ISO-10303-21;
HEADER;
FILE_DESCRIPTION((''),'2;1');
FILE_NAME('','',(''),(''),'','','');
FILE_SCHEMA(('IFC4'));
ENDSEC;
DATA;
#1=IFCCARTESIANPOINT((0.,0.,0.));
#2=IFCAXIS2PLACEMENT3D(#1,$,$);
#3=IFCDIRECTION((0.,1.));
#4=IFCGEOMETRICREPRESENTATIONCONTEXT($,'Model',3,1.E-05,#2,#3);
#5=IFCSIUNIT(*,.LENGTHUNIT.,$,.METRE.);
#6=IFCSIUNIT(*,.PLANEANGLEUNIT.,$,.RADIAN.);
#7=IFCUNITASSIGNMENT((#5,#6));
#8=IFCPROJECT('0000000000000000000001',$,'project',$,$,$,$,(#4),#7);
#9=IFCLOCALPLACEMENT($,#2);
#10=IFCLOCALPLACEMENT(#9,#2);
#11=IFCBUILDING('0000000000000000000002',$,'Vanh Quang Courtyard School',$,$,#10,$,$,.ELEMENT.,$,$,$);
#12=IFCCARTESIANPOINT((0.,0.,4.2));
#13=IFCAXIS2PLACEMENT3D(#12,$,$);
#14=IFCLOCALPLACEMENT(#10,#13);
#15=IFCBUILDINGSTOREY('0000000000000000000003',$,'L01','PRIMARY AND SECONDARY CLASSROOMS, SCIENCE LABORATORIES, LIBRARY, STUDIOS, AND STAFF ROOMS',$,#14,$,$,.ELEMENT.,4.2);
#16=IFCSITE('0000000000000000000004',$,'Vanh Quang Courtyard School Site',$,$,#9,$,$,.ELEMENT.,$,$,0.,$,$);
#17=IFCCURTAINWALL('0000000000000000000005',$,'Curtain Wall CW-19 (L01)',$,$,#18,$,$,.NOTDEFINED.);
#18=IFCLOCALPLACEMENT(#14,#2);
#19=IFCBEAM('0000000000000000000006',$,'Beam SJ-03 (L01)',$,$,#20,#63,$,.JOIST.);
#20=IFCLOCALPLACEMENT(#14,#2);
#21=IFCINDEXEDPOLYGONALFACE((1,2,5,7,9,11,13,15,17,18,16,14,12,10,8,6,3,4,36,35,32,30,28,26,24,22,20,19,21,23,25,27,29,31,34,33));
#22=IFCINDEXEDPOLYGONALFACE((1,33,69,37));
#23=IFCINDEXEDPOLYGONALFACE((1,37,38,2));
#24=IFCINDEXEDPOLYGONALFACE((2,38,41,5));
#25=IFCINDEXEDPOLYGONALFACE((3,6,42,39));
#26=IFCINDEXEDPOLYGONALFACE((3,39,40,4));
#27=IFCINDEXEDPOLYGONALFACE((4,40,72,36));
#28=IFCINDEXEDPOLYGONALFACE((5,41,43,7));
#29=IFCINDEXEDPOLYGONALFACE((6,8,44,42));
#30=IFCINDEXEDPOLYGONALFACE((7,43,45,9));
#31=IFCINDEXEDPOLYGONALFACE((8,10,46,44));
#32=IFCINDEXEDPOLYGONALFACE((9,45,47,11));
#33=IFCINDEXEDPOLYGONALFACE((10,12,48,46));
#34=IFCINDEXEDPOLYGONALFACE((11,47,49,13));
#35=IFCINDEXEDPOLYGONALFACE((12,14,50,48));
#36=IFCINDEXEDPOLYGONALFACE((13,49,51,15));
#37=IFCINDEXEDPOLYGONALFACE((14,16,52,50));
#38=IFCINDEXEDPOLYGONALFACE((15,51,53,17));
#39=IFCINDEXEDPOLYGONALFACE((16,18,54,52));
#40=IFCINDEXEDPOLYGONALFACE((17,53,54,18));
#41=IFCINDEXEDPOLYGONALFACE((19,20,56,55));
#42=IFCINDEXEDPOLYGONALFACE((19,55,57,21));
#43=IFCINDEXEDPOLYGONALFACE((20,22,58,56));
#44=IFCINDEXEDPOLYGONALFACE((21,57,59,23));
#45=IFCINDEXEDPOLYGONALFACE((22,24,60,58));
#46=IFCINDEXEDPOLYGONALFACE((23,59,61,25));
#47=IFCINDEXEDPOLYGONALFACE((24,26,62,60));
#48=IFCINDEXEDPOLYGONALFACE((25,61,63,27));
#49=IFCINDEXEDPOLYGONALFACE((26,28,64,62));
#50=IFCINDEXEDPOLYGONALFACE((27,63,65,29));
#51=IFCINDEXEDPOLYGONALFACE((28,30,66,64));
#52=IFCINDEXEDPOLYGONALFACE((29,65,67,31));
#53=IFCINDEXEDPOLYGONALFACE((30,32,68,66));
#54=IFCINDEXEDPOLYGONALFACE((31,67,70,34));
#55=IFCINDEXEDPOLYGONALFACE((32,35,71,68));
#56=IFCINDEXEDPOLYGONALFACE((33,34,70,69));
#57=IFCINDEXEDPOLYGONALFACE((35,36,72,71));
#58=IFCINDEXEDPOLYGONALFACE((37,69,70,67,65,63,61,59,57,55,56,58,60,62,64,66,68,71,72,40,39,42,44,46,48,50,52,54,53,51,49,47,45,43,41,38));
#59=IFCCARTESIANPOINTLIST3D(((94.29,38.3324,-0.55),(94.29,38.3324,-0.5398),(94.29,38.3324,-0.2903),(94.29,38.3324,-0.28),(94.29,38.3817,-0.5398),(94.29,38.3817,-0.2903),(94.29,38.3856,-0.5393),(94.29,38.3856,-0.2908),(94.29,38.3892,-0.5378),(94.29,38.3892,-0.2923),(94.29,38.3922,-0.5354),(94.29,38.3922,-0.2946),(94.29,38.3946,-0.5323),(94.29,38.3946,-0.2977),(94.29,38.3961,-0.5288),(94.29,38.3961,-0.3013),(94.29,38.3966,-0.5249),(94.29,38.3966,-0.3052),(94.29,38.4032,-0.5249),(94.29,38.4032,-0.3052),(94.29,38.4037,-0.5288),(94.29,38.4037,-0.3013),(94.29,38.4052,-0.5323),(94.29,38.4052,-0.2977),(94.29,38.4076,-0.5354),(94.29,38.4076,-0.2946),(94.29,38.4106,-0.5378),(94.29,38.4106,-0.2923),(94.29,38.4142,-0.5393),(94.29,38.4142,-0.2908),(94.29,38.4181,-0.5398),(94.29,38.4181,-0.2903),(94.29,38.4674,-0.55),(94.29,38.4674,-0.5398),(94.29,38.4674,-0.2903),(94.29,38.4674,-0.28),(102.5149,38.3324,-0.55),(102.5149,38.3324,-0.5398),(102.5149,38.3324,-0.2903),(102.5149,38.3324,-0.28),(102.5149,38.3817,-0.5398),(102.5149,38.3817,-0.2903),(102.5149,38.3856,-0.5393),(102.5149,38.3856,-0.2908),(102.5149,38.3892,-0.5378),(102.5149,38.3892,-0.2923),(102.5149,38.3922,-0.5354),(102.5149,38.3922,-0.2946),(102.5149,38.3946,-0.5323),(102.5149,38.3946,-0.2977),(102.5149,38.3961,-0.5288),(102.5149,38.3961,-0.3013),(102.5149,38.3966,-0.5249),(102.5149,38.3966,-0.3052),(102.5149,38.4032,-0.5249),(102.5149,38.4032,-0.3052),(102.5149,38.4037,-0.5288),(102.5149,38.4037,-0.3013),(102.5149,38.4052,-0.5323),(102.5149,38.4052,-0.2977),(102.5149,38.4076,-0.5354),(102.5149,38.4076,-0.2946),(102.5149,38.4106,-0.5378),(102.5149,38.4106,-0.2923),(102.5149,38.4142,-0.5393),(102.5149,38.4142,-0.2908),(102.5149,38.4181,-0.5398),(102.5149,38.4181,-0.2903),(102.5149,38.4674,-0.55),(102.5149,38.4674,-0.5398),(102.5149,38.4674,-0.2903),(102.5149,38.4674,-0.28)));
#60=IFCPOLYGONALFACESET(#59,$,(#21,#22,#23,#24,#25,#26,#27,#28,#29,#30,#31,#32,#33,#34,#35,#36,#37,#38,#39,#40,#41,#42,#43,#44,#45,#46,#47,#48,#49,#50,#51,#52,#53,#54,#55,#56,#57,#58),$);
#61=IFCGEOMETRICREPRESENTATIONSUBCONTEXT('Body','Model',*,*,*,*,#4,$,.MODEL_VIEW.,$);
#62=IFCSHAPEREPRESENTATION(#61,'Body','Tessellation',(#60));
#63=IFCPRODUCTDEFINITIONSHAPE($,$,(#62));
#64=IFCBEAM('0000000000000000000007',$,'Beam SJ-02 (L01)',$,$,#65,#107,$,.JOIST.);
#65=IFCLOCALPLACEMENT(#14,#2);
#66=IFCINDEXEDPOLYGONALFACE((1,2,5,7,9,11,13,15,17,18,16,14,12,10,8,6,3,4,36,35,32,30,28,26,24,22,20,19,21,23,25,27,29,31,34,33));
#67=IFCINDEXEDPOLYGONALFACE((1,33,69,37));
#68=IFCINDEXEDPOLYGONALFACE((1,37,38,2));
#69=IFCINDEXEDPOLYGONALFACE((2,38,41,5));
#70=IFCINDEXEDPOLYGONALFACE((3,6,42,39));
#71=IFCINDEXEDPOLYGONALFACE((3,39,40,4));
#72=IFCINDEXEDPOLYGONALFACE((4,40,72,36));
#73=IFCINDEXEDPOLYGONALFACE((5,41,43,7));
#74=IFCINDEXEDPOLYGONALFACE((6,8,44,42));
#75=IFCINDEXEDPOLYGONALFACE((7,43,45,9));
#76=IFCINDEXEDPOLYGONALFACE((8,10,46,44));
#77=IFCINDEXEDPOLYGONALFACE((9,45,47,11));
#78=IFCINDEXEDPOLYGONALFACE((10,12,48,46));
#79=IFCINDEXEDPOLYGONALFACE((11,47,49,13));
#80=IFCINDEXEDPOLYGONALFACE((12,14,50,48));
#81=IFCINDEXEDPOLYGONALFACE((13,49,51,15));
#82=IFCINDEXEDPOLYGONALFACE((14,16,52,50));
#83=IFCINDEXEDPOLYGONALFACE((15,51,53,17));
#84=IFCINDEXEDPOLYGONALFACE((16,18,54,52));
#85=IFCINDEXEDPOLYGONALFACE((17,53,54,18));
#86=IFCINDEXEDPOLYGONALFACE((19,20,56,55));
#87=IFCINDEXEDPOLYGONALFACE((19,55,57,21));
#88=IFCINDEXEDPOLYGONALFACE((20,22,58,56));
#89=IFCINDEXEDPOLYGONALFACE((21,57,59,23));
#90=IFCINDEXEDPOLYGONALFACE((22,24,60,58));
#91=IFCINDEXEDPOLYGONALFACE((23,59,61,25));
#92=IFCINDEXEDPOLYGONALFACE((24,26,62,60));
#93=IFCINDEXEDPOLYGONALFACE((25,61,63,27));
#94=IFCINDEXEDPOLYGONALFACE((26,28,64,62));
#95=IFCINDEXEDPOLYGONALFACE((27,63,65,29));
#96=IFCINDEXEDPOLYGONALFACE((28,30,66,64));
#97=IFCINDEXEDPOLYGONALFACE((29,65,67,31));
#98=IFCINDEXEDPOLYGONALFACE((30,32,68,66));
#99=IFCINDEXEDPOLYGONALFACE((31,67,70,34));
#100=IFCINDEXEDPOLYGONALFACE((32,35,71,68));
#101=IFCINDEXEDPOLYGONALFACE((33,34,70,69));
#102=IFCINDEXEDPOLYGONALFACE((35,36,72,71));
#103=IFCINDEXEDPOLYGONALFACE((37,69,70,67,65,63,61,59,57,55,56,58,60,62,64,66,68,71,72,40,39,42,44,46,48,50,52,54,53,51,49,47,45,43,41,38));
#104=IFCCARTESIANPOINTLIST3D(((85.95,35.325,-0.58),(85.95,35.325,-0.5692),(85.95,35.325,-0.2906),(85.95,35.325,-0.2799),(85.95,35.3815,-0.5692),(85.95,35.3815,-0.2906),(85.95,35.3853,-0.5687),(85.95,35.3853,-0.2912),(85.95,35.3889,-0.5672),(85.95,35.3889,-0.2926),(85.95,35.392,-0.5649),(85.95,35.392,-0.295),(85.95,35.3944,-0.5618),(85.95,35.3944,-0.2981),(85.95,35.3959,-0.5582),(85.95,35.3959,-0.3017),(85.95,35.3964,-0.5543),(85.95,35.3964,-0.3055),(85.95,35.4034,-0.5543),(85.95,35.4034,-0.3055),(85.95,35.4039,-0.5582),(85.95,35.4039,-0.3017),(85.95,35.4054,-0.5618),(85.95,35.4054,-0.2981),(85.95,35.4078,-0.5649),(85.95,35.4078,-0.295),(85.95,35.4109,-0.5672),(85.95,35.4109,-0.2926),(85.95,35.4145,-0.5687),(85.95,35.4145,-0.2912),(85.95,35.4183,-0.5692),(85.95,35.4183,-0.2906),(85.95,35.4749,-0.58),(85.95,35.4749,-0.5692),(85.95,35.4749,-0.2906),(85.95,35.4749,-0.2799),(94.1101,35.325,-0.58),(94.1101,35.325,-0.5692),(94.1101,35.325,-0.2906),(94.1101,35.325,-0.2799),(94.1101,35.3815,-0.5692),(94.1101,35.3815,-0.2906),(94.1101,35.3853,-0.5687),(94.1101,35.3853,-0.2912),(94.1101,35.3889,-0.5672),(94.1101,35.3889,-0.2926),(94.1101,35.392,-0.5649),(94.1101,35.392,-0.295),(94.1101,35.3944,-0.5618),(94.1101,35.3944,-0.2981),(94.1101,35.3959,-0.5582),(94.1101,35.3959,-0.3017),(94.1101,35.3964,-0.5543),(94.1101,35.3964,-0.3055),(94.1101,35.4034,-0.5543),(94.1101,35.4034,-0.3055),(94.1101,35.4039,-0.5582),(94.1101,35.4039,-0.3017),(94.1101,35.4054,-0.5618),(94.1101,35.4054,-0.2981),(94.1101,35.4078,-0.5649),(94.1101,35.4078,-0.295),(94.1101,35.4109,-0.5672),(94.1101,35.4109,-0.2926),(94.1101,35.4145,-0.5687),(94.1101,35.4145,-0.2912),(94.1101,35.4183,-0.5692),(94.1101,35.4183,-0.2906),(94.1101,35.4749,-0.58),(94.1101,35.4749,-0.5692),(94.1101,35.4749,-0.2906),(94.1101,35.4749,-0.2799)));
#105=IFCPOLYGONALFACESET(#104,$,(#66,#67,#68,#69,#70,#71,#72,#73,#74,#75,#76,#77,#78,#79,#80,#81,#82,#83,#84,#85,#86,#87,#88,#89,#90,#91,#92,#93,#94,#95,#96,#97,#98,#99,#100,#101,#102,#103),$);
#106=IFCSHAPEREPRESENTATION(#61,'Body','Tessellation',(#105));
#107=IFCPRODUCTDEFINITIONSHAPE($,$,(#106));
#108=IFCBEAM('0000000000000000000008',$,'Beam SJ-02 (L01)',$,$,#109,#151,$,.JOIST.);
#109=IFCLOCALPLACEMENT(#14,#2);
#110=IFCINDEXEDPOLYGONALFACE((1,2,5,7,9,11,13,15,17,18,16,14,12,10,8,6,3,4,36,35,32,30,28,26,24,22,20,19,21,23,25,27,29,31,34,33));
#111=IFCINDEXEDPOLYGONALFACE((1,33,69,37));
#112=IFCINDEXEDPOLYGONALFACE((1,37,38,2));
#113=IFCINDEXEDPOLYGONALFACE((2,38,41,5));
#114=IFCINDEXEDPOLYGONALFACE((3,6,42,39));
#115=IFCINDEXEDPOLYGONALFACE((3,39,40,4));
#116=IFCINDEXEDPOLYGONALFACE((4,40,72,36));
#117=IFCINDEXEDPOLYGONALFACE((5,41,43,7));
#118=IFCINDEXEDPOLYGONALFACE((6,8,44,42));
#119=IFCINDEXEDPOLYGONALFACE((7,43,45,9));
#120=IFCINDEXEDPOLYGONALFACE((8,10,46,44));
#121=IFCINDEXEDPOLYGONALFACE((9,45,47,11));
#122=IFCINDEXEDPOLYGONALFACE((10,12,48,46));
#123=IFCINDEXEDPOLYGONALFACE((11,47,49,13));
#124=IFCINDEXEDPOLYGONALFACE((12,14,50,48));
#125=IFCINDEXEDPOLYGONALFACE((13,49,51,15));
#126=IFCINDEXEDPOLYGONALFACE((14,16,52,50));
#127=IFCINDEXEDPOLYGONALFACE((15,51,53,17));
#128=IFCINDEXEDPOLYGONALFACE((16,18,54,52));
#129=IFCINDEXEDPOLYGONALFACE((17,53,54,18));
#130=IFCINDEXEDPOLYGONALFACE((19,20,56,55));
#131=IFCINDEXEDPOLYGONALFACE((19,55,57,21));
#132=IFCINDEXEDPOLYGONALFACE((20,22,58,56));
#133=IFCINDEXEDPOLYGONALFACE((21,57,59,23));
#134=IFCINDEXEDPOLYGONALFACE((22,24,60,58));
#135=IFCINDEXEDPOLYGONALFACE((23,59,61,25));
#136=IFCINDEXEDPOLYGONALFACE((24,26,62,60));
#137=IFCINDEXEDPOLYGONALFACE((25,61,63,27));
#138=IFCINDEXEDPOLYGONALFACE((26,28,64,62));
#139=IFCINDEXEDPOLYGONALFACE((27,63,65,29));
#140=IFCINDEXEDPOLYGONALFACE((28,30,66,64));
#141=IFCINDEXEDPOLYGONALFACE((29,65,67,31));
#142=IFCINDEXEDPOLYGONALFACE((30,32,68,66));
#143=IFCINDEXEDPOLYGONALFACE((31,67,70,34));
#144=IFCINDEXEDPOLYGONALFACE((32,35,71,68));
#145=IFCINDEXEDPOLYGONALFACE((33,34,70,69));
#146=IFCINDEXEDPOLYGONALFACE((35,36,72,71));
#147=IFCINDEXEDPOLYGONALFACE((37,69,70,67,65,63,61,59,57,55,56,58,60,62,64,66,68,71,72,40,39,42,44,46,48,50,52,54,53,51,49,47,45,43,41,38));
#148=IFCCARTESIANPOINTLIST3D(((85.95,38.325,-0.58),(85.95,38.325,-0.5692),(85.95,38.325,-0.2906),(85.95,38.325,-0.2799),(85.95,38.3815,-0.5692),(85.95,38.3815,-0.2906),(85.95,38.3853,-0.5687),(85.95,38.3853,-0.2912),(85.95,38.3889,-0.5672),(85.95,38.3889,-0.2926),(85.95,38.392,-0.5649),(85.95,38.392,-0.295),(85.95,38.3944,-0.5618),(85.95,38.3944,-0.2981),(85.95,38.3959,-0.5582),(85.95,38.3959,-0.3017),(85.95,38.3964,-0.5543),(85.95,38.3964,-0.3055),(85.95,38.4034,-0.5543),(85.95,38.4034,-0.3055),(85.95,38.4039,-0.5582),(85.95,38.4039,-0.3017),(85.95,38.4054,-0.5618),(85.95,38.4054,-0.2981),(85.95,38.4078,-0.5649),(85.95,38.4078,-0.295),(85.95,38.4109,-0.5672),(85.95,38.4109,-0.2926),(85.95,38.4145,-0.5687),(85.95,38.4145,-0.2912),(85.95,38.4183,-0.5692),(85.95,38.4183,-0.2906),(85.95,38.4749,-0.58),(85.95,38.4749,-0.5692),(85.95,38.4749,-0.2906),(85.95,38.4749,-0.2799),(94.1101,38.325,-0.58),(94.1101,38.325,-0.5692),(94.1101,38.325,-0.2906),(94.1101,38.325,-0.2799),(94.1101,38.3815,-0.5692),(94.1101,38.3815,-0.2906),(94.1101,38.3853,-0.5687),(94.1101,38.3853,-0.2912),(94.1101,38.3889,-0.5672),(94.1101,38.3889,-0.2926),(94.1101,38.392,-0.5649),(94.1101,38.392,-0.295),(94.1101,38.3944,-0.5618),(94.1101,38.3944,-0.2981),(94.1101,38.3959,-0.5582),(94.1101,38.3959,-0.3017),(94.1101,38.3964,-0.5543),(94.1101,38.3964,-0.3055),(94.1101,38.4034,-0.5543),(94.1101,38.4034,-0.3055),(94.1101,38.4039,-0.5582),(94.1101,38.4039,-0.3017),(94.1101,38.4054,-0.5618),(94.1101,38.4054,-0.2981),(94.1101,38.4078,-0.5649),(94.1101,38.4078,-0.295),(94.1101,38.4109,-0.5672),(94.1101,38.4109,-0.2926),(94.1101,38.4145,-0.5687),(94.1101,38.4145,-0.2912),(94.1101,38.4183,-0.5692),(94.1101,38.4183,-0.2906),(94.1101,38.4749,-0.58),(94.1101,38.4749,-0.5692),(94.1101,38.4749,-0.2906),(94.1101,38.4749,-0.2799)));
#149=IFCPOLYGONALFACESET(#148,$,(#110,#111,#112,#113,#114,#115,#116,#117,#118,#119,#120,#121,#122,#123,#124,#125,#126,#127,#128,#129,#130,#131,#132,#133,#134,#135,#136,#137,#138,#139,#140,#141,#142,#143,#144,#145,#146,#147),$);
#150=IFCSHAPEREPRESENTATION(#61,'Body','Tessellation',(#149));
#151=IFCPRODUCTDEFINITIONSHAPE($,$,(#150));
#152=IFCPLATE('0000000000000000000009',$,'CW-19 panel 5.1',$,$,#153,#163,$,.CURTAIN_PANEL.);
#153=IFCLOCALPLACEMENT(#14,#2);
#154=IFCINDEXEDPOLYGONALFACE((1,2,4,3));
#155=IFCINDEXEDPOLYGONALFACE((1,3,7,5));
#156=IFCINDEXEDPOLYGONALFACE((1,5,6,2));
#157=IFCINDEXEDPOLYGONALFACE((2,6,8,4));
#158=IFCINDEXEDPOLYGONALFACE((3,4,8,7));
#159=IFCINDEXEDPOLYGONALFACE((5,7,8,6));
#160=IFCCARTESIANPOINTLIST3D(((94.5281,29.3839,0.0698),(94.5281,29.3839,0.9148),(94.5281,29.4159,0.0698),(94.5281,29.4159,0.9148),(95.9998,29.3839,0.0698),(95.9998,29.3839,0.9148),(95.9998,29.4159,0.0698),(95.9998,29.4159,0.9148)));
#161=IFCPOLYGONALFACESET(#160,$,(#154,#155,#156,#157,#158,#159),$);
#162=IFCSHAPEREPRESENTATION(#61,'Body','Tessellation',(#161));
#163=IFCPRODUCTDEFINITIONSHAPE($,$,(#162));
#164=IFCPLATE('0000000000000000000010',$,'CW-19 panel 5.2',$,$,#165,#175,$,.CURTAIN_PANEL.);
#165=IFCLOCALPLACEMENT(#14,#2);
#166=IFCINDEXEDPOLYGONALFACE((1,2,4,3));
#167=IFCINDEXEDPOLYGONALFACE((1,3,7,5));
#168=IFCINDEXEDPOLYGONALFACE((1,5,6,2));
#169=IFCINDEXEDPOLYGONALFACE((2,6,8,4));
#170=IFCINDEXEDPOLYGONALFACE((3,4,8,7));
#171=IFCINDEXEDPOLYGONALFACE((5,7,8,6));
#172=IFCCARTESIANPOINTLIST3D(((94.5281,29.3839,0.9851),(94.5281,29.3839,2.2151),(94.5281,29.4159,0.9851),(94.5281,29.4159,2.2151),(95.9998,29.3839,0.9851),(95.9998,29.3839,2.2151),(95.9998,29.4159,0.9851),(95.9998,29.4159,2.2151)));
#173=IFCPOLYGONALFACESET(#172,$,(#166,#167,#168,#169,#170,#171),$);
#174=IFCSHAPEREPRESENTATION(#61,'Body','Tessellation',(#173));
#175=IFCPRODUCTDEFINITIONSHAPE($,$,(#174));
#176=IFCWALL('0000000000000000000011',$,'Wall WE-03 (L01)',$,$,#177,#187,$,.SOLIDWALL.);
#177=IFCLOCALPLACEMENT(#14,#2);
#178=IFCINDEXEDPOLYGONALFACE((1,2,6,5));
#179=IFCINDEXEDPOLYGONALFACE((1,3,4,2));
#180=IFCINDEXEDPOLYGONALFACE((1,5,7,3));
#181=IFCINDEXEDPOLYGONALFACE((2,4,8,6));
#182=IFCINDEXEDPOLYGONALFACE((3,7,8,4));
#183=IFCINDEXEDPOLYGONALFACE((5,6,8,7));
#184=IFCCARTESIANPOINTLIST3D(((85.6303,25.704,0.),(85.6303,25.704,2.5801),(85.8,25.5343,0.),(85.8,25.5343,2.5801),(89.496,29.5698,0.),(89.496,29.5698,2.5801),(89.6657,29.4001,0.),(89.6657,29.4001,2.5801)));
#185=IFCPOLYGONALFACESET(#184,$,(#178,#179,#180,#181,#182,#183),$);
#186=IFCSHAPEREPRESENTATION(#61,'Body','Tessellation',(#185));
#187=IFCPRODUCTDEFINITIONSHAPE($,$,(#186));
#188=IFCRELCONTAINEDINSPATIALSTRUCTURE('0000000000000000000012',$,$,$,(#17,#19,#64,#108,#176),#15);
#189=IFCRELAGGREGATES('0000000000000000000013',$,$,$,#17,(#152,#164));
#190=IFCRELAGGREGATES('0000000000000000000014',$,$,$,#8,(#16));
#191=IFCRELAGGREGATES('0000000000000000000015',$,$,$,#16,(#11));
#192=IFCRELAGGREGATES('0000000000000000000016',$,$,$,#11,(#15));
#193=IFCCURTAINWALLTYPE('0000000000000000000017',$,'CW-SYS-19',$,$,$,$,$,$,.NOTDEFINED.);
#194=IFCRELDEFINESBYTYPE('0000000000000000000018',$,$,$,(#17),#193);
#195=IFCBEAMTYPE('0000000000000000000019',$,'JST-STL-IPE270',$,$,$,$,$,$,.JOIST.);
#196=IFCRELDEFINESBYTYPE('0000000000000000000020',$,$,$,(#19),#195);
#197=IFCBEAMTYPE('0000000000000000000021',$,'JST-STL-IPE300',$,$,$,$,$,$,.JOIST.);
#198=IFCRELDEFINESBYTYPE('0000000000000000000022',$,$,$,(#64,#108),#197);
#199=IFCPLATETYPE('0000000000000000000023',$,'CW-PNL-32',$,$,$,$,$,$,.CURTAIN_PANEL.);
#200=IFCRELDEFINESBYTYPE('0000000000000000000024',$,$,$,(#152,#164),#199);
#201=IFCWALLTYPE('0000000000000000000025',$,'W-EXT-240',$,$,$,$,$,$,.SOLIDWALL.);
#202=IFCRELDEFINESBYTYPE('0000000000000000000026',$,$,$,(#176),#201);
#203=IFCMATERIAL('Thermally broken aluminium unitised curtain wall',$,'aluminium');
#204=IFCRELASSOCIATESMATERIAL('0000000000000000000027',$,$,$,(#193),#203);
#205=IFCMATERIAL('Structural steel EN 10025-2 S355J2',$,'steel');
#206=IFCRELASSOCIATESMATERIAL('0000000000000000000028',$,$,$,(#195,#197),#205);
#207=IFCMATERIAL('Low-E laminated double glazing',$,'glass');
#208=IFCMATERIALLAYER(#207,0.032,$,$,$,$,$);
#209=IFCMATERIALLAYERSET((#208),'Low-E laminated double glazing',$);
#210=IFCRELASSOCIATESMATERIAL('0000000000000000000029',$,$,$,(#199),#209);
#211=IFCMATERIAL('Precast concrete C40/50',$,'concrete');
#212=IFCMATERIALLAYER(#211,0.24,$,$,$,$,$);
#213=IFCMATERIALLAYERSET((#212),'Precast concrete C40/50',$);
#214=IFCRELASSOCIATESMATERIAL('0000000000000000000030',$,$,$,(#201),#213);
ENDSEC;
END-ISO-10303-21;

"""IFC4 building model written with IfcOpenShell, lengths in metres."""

from ifc_helpers import new_model, si_unit, direction, frame, frame_2d, origin, origin_2d, place, context, subcontext, project, spatial, rectangle, i_section, extrude, material, layer, layer_set, material_profile, profile_set, type_object, element, aggregate, save


model = new_model("IFC4")

# Units and contexts
model_context = context("Model", 3, precision=1e-05, world=origin(), true_north=direction((0.0, 1.0)))
body_context = subcontext(model_context, "Body", "Model", "MODEL_VIEW")
ifc_project = project(units=[si_unit("LENGTHUNIT", "METRE"), si_unit("PLANEANGLEUNIT", "RADIAN")], contexts=[model_context])

# Site, building, storey
site_placement = place(None, origin())
site = spatial("IfcSite", under=ifc_project, at=site_placement, Name="Vanh Quang Courtyard School Site", CompositionType="ELEMENT", RefElevation=0.0)
building_placement = place(site_placement, origin())
building = spatial("IfcBuilding", under=site, at=building_placement, Name="Vanh Quang Courtyard School", CompositionType="ELEMENT")
storey_placement = place(building_placement, frame((0.0, 0.0, 4.2)))
storey = spatial("IfcBuildingStorey", under=building, at=storey_placement, Name="L01", Description="PRIMARY AND SECONDARY CLASSROOMS, SCIENCE LABORATORIES, LIBRARY, STUDIOS, AND STAFF ROOMS", CompositionType="ELEMENT", Elevation=4.2)

# Shared definitions
ifc_material_1 = material(Name="Structural steel EN 10025-2 S355J2", Category="steel")

# Curtain wall
ifc_material_2 = material(Name="Thermally broken aluminium unitised curtain wall", Category="aluminium")
curtain_wall_type_1 = type_object("IfcCurtainWallType", Name="CW-SYS-19", PredefinedType="NOTDEFINED", material=ifc_material_2)
curtain_wall_1_placement = place(storey_placement, origin())
curtain_wall_1 = element("IfcCurtainWall", 1, at=curtain_wall_1_placement, inside=storey, type_object=curtain_wall_type_1, Name="Curtain Wall CW-19 (L01)", PredefinedType="NOTDEFINED")

# Beams
ifc_material_profile_1 = material_profile(ifc_material_1, i_section(OverallWidth=0.135, OverallDepth=0.27, WebThickness=0.0066, FlangeThickness=0.0103, FilletRadius=0.0149, at=origin_2d()), Name="IPE 270")
ifc_profile_set_1 = profile_set([ifc_material_profile_1], Name="Structural steel EN 10025-2 S355J2")
beam_type_1 = type_object("IfcBeamType", Name="JST-STL-IPE270", PredefinedType="JOIST", material=ifc_profile_set_1)
for number, where, z_axis, x_axis, name in (
    (2, (94.29, 38.3999, -0.415), (1.0, 0.0, 0.0), (0.0, 1.0, 0.0), "Beam SJ-03 (L01)"),
):
    element("IfcBeam", number, at=place(storey_placement, frame(where, z_axis=z_axis, x_axis=x_axis)), inside=storey, type_object=beam_type_1, Name=name, PredefinedType="JOIST", context=body_context, shape_type="SweptSolid", body=[
        extrude(i_section(OverallWidth=0.135, OverallDepth=0.27, WebThickness=0.0066, FlangeThickness=0.0103, FilletRadius=0.0149, at=origin_2d()), origin(), (0.0, 0.0, 1.0), 8.2249),
    ])
ifc_material_profile_2 = material_profile(ifc_material_1, i_section(OverallWidth=0.1499, OverallDepth=0.3, WebThickness=0.0071, FlangeThickness=0.0107, FilletRadius=0.0149, at=origin_2d()), Name="IPE 300")
ifc_profile_set_2 = profile_set([ifc_material_profile_2], Name="Structural steel EN 10025-2 S355J2")
beam_type_2 = type_object("IfcBeamType", Name="JST-STL-IPE300", PredefinedType="JOIST", material=ifc_profile_set_2)
for number, where, z_axis, x_axis, name in (
    (3, (85.95, 35.3999, -0.4299), (1.0, 0.0, 0.0), (0.0, 1.0, 0.0), "Beam SJ-02 (L01)"),
    (4, (85.95, 38.3999, -0.4299), (1.0, 0.0, 0.0), (0.0, 1.0, 0.0), "Beam SJ-02 (L01)"),
):
    element("IfcBeam", number, at=place(storey_placement, frame(where, z_axis=z_axis, x_axis=x_axis)), inside=storey, type_object=beam_type_2, Name=name, PredefinedType="JOIST", context=body_context, shape_type="SweptSolid", body=[
        extrude(i_section(OverallWidth=0.1499, OverallDepth=0.3, WebThickness=0.0071, FlangeThickness=0.0107, FilletRadius=0.0149, at=origin_2d()), origin(), (0.0, 0.0, 1.0), 8.1602),
    ])

# Plates
ifc_material_3 = material(Name="Low-E laminated double glazing", Category="glass")
ifc_layer_1 = layer(ifc_material_3, 0.032)
ifc_layer_set_1 = layer_set([ifc_layer_1], Name="Low-E laminated double glazing")
plate_type = type_object("IfcPlateType", Name="CW-PNL-32", PredefinedType="CURTAIN_PANEL", material=ifc_layer_set_1)
plate_1_placement = place(storey_placement, frame((95.2639, 29.3999, 0.0698), z_axis=(0.0, 0.0, 1.0), x_axis=(-1.0, 0.0, 0.0)))
plate_1 = element("IfcPlate", 5, at=plate_1_placement, type_object=plate_type, Name="CW-19 panel 5.1", PredefinedType="CURTAIN_PANEL", context=body_context, shape_type="SweptSolid", body=[
    extrude(rectangle(XDim=1.4717, YDim=0.032, at=origin_2d()), origin(), (0.0, 0.0, 1.0), 0.845),
])
plate_2_placement = place(storey_placement, frame((95.2639, 29.3999, 0.9851), z_axis=(0.0, 0.0, 1.0), x_axis=(-1.0, 0.0, 0.0)))
plate_2 = element("IfcPlate", 6, at=plate_2_placement, type_object=plate_type, Name="CW-19 panel 5.2", PredefinedType="CURTAIN_PANEL", context=body_context, shape_type="SweptSolid", body=[
    extrude(rectangle(XDim=1.4717, YDim=0.032, at=origin_2d()), origin(), (0.0, 0.0, 1.0), 1.23),
])
aggregate(curtain_wall_1, [plate_1, plate_2])

# Wall
ifc_material_4 = material(Name="Precast concrete C40/50", Category="concrete")
ifc_layer_2 = layer(ifc_material_4, 0.24)
ifc_layer_set_2 = layer_set([ifc_layer_2], Name="Precast concrete C40/50")
wall_type_1 = type_object("IfcWallType", Name="W-EXT-240", PredefinedType="SOLIDWALL", material=ifc_layer_set_2)
wall_1_placement = place(storey_placement, frame((89.5808, 29.4849, 0.0), z_axis=(0.0, 0.0, 1.0), x_axis=(-0.707107, -0.707107, 0.0)))
element("IfcWall", 7, at=wall_1_placement, inside=storey, type_object=wall_type_1, Name="Wall WE-03 (L01)", PredefinedType="SOLIDWALL", context=body_context, shape_type="SweptSolid", body=[
    extrude(rectangle(XDim=5.467, YDim=0.24, at=frame_2d((2.7334, 0.0))), origin(), (0.0, 0.0, 1.0), 2.5801),
])

save(model, "model.ifc")
